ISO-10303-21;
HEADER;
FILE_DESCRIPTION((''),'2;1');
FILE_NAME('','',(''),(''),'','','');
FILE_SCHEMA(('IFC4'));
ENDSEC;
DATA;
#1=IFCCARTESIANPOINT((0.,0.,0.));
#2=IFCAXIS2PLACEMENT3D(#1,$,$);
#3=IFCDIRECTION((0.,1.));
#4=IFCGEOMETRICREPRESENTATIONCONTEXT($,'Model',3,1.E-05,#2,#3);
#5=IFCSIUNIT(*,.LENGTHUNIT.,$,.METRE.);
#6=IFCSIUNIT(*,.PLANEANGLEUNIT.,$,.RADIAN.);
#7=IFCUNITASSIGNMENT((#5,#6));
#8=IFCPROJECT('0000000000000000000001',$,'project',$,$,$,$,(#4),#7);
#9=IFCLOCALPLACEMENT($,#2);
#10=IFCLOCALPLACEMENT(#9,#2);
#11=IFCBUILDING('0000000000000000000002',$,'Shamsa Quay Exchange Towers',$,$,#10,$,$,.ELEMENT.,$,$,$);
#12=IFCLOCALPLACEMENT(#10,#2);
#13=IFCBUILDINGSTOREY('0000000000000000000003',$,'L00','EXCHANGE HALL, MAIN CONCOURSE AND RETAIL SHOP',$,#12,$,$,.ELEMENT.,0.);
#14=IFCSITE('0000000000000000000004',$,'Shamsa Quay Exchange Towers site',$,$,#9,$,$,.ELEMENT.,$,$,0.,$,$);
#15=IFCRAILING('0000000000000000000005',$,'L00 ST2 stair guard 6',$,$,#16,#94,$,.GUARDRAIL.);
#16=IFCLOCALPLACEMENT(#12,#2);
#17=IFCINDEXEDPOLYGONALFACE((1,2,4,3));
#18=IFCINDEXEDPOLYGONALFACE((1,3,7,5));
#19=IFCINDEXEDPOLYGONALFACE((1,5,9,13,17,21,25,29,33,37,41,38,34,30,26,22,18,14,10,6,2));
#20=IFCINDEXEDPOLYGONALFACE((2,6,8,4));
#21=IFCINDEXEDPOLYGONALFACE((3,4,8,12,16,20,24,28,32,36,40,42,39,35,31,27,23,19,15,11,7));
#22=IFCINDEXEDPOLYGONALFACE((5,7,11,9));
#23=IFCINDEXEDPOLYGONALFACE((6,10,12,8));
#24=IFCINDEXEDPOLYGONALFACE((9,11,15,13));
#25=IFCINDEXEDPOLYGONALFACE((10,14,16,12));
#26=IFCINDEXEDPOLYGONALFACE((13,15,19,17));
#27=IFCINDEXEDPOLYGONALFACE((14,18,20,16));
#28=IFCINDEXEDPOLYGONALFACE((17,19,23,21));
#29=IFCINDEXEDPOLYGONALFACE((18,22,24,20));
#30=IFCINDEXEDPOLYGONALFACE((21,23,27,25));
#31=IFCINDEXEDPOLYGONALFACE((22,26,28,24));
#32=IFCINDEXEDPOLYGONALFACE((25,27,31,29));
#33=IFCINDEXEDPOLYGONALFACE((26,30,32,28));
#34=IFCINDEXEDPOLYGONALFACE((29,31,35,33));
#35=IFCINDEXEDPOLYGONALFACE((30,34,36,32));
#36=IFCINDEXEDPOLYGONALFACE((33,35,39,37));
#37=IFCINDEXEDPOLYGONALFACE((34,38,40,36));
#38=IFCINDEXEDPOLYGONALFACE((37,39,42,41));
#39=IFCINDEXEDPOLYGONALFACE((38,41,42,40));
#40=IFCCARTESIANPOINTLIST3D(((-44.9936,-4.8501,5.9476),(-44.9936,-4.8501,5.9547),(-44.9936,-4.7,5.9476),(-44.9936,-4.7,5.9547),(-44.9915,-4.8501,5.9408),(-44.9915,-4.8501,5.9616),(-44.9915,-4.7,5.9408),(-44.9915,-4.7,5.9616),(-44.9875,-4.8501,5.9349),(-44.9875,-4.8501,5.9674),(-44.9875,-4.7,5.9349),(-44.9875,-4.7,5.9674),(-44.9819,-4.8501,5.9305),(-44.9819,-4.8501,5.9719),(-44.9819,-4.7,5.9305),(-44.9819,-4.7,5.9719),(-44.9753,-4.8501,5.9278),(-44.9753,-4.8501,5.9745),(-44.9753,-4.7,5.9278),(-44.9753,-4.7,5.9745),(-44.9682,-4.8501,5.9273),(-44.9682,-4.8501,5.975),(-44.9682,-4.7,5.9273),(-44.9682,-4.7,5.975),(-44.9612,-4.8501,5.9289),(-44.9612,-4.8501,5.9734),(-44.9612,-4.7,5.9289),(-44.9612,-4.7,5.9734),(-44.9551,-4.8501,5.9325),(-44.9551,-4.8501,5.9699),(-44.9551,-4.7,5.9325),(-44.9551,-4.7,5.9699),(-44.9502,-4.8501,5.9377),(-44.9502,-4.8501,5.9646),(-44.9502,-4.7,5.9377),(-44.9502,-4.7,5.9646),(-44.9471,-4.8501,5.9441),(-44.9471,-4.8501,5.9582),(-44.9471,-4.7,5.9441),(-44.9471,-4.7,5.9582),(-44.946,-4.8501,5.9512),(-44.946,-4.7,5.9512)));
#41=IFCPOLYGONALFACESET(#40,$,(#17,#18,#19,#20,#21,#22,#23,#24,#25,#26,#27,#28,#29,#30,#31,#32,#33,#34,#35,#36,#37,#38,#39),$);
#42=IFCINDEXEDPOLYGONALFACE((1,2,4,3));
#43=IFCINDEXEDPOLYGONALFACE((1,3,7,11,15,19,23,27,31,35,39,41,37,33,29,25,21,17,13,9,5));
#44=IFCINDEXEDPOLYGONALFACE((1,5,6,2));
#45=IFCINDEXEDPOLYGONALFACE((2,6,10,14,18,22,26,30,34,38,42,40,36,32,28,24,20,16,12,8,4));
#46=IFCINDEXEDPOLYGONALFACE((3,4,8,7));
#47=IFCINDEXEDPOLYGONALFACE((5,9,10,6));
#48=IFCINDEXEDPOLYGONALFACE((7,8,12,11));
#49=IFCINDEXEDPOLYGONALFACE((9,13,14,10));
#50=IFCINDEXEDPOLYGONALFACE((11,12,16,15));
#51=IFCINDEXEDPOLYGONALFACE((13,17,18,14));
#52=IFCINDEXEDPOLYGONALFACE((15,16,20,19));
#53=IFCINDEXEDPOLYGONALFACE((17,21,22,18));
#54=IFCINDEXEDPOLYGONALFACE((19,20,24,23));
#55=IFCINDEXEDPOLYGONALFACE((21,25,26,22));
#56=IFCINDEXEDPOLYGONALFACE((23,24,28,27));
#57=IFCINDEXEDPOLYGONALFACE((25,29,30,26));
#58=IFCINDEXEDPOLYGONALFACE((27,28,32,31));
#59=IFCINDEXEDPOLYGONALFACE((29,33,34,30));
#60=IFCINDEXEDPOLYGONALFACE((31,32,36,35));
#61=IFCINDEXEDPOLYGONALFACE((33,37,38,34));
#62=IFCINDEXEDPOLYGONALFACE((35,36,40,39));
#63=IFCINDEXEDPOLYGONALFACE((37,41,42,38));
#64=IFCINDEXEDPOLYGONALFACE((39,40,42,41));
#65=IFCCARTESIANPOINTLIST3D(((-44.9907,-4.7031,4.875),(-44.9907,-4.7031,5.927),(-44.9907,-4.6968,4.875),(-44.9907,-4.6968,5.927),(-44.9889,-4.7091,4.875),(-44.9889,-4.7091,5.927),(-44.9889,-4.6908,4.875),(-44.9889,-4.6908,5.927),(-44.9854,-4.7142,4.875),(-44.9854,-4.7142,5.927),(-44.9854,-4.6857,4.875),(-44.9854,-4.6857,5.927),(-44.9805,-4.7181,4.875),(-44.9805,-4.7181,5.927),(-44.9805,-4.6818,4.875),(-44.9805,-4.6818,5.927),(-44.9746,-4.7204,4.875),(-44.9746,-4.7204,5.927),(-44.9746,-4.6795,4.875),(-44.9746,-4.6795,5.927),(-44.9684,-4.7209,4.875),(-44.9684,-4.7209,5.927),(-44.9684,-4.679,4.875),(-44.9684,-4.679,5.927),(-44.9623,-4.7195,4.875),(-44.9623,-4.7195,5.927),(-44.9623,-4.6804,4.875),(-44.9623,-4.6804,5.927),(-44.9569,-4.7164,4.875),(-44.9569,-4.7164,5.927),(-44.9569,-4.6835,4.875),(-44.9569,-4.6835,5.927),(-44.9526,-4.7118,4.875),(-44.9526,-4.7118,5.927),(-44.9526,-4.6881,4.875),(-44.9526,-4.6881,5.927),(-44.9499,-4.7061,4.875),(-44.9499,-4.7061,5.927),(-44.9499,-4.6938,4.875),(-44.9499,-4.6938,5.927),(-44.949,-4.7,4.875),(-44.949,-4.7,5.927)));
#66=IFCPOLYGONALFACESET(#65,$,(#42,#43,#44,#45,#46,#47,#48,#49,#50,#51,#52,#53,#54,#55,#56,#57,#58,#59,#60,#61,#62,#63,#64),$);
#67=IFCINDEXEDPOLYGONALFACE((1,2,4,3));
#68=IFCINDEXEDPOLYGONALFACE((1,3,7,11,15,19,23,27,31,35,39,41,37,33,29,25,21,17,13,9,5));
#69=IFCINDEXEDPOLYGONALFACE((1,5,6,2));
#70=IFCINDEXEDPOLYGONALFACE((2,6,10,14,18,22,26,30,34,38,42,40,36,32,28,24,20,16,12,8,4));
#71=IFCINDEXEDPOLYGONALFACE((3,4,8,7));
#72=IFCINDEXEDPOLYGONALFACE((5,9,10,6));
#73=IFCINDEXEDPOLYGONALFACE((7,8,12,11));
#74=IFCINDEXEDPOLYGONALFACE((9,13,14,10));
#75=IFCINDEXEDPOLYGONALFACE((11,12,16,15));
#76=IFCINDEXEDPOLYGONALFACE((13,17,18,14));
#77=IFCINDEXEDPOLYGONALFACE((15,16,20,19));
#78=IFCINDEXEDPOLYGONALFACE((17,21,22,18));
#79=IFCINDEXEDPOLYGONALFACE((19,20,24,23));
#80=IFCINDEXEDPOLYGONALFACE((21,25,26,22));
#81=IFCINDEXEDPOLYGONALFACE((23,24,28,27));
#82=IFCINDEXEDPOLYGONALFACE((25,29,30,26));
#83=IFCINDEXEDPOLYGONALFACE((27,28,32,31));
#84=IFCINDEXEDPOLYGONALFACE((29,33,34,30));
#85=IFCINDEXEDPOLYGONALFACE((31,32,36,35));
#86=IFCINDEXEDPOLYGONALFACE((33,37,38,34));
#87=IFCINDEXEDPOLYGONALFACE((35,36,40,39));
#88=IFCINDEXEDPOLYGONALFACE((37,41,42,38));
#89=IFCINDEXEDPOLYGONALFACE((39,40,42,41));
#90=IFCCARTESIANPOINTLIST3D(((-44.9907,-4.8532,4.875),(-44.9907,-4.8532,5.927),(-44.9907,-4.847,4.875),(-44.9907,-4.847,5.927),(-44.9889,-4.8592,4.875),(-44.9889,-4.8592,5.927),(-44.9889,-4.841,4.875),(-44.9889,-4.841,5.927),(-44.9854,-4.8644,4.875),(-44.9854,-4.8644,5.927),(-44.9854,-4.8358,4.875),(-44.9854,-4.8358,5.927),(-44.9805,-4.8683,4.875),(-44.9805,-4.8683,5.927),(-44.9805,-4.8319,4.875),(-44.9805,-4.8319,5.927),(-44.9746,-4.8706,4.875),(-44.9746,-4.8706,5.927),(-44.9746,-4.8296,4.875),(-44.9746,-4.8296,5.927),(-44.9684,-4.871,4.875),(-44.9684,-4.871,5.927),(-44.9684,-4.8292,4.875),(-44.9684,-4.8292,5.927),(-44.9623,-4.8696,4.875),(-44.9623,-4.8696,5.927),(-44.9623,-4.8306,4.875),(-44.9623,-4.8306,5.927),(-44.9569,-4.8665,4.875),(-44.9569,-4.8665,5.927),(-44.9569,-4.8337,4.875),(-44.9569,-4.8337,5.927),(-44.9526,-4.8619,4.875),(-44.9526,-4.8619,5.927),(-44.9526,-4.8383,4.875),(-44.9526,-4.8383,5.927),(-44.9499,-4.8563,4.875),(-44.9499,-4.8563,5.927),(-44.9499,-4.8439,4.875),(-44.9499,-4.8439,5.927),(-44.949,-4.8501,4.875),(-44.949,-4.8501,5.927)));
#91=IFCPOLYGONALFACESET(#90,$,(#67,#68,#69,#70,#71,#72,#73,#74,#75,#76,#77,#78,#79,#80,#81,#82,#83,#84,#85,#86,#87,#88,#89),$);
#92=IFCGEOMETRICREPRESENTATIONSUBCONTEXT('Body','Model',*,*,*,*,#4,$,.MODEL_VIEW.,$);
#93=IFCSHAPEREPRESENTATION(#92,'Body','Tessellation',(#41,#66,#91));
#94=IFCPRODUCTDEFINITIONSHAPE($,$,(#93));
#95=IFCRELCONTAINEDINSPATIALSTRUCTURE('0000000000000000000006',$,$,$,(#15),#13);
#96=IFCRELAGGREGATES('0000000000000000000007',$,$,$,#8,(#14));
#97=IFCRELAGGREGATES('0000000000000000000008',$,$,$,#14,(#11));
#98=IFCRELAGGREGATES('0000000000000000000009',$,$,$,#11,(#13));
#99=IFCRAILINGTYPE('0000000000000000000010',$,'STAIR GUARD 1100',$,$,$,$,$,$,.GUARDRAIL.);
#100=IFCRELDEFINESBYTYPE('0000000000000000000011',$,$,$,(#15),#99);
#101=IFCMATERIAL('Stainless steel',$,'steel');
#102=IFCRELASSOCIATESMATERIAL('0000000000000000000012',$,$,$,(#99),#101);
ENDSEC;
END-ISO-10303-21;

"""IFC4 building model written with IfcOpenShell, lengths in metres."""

from ifc_helpers import new_model, si_unit, direction, frame, origin, origin_2d, place, context, subcontext, project, spatial, circle, extrude, material, type_object, element, save


model = new_model("IFC4")

# Units and contexts
model_context = context("Model", 3, precision=1e-05, world=origin(), true_north=direction((0.0, 1.0)))
body_context = subcontext(model_context, "Body", "Model", "MODEL_VIEW")
ifc_project = project(units=[si_unit("LENGTHUNIT", "METRE"), si_unit("PLANEANGLEUNIT", "RADIAN")], contexts=[model_context])

# Site, building, storey
site_placement = place(None, origin())
site = spatial("IfcSite", under=ifc_project, at=site_placement, Name="Shamsa Quay Exchange Towers site", CompositionType="ELEMENT", RefElevation=0.0)
building_placement = place(site_placement, origin())
building = spatial("IfcBuilding", under=site, at=building_placement, Name="Shamsa Quay Exchange Towers", CompositionType="ELEMENT")
storey_placement = place(building_placement, origin())
storey = spatial("IfcBuildingStorey", under=building, at=storey_placement, Name="L00", Description="EXCHANGE HALL, MAIN CONCOURSE AND RETAIL SHOP", CompositionType="ELEMENT", Elevation=0.0)

# Railing
ifc_material_1 = material(Name="Stainless steel", Category="steel")
railing_type_1 = type_object("IfcRailingType", Name="STAIR GUARD 1100", PredefinedType="GUARDRAIL", material=ifc_material_1)
railing_1_placement = place(storey_placement, frame((-44.97, -4.7, 4.875)))
element("IfcRailing", 1, at=railing_1_placement, inside=storey, type_object=railing_type_1, Name="L00 ST2 stair guard 6", PredefinedType="GUARDRAIL", context=body_context, shape_type="SweptSolid", body=[
    extrude(circle(Radius=0.0239, at=origin_2d()), frame((0.0, 0.0, 1.0762), z_axis=(0.0, -1.0, 0.0), x_axis=(1.0, 0.0, 0.0)), (0.0, 0.0, 1.0), 0.1501),
    extrude(circle(Radius=0.021, at=origin_2d()), origin(), (0.0, 0.0, 1.0), 1.052),
    extrude(circle(Radius=0.021, at=origin_2d()), frame((0.0, -0.1501, 0.0)), (0.0, 0.0, 1.0), 1.052),
])

save(model, "model.ifc")
